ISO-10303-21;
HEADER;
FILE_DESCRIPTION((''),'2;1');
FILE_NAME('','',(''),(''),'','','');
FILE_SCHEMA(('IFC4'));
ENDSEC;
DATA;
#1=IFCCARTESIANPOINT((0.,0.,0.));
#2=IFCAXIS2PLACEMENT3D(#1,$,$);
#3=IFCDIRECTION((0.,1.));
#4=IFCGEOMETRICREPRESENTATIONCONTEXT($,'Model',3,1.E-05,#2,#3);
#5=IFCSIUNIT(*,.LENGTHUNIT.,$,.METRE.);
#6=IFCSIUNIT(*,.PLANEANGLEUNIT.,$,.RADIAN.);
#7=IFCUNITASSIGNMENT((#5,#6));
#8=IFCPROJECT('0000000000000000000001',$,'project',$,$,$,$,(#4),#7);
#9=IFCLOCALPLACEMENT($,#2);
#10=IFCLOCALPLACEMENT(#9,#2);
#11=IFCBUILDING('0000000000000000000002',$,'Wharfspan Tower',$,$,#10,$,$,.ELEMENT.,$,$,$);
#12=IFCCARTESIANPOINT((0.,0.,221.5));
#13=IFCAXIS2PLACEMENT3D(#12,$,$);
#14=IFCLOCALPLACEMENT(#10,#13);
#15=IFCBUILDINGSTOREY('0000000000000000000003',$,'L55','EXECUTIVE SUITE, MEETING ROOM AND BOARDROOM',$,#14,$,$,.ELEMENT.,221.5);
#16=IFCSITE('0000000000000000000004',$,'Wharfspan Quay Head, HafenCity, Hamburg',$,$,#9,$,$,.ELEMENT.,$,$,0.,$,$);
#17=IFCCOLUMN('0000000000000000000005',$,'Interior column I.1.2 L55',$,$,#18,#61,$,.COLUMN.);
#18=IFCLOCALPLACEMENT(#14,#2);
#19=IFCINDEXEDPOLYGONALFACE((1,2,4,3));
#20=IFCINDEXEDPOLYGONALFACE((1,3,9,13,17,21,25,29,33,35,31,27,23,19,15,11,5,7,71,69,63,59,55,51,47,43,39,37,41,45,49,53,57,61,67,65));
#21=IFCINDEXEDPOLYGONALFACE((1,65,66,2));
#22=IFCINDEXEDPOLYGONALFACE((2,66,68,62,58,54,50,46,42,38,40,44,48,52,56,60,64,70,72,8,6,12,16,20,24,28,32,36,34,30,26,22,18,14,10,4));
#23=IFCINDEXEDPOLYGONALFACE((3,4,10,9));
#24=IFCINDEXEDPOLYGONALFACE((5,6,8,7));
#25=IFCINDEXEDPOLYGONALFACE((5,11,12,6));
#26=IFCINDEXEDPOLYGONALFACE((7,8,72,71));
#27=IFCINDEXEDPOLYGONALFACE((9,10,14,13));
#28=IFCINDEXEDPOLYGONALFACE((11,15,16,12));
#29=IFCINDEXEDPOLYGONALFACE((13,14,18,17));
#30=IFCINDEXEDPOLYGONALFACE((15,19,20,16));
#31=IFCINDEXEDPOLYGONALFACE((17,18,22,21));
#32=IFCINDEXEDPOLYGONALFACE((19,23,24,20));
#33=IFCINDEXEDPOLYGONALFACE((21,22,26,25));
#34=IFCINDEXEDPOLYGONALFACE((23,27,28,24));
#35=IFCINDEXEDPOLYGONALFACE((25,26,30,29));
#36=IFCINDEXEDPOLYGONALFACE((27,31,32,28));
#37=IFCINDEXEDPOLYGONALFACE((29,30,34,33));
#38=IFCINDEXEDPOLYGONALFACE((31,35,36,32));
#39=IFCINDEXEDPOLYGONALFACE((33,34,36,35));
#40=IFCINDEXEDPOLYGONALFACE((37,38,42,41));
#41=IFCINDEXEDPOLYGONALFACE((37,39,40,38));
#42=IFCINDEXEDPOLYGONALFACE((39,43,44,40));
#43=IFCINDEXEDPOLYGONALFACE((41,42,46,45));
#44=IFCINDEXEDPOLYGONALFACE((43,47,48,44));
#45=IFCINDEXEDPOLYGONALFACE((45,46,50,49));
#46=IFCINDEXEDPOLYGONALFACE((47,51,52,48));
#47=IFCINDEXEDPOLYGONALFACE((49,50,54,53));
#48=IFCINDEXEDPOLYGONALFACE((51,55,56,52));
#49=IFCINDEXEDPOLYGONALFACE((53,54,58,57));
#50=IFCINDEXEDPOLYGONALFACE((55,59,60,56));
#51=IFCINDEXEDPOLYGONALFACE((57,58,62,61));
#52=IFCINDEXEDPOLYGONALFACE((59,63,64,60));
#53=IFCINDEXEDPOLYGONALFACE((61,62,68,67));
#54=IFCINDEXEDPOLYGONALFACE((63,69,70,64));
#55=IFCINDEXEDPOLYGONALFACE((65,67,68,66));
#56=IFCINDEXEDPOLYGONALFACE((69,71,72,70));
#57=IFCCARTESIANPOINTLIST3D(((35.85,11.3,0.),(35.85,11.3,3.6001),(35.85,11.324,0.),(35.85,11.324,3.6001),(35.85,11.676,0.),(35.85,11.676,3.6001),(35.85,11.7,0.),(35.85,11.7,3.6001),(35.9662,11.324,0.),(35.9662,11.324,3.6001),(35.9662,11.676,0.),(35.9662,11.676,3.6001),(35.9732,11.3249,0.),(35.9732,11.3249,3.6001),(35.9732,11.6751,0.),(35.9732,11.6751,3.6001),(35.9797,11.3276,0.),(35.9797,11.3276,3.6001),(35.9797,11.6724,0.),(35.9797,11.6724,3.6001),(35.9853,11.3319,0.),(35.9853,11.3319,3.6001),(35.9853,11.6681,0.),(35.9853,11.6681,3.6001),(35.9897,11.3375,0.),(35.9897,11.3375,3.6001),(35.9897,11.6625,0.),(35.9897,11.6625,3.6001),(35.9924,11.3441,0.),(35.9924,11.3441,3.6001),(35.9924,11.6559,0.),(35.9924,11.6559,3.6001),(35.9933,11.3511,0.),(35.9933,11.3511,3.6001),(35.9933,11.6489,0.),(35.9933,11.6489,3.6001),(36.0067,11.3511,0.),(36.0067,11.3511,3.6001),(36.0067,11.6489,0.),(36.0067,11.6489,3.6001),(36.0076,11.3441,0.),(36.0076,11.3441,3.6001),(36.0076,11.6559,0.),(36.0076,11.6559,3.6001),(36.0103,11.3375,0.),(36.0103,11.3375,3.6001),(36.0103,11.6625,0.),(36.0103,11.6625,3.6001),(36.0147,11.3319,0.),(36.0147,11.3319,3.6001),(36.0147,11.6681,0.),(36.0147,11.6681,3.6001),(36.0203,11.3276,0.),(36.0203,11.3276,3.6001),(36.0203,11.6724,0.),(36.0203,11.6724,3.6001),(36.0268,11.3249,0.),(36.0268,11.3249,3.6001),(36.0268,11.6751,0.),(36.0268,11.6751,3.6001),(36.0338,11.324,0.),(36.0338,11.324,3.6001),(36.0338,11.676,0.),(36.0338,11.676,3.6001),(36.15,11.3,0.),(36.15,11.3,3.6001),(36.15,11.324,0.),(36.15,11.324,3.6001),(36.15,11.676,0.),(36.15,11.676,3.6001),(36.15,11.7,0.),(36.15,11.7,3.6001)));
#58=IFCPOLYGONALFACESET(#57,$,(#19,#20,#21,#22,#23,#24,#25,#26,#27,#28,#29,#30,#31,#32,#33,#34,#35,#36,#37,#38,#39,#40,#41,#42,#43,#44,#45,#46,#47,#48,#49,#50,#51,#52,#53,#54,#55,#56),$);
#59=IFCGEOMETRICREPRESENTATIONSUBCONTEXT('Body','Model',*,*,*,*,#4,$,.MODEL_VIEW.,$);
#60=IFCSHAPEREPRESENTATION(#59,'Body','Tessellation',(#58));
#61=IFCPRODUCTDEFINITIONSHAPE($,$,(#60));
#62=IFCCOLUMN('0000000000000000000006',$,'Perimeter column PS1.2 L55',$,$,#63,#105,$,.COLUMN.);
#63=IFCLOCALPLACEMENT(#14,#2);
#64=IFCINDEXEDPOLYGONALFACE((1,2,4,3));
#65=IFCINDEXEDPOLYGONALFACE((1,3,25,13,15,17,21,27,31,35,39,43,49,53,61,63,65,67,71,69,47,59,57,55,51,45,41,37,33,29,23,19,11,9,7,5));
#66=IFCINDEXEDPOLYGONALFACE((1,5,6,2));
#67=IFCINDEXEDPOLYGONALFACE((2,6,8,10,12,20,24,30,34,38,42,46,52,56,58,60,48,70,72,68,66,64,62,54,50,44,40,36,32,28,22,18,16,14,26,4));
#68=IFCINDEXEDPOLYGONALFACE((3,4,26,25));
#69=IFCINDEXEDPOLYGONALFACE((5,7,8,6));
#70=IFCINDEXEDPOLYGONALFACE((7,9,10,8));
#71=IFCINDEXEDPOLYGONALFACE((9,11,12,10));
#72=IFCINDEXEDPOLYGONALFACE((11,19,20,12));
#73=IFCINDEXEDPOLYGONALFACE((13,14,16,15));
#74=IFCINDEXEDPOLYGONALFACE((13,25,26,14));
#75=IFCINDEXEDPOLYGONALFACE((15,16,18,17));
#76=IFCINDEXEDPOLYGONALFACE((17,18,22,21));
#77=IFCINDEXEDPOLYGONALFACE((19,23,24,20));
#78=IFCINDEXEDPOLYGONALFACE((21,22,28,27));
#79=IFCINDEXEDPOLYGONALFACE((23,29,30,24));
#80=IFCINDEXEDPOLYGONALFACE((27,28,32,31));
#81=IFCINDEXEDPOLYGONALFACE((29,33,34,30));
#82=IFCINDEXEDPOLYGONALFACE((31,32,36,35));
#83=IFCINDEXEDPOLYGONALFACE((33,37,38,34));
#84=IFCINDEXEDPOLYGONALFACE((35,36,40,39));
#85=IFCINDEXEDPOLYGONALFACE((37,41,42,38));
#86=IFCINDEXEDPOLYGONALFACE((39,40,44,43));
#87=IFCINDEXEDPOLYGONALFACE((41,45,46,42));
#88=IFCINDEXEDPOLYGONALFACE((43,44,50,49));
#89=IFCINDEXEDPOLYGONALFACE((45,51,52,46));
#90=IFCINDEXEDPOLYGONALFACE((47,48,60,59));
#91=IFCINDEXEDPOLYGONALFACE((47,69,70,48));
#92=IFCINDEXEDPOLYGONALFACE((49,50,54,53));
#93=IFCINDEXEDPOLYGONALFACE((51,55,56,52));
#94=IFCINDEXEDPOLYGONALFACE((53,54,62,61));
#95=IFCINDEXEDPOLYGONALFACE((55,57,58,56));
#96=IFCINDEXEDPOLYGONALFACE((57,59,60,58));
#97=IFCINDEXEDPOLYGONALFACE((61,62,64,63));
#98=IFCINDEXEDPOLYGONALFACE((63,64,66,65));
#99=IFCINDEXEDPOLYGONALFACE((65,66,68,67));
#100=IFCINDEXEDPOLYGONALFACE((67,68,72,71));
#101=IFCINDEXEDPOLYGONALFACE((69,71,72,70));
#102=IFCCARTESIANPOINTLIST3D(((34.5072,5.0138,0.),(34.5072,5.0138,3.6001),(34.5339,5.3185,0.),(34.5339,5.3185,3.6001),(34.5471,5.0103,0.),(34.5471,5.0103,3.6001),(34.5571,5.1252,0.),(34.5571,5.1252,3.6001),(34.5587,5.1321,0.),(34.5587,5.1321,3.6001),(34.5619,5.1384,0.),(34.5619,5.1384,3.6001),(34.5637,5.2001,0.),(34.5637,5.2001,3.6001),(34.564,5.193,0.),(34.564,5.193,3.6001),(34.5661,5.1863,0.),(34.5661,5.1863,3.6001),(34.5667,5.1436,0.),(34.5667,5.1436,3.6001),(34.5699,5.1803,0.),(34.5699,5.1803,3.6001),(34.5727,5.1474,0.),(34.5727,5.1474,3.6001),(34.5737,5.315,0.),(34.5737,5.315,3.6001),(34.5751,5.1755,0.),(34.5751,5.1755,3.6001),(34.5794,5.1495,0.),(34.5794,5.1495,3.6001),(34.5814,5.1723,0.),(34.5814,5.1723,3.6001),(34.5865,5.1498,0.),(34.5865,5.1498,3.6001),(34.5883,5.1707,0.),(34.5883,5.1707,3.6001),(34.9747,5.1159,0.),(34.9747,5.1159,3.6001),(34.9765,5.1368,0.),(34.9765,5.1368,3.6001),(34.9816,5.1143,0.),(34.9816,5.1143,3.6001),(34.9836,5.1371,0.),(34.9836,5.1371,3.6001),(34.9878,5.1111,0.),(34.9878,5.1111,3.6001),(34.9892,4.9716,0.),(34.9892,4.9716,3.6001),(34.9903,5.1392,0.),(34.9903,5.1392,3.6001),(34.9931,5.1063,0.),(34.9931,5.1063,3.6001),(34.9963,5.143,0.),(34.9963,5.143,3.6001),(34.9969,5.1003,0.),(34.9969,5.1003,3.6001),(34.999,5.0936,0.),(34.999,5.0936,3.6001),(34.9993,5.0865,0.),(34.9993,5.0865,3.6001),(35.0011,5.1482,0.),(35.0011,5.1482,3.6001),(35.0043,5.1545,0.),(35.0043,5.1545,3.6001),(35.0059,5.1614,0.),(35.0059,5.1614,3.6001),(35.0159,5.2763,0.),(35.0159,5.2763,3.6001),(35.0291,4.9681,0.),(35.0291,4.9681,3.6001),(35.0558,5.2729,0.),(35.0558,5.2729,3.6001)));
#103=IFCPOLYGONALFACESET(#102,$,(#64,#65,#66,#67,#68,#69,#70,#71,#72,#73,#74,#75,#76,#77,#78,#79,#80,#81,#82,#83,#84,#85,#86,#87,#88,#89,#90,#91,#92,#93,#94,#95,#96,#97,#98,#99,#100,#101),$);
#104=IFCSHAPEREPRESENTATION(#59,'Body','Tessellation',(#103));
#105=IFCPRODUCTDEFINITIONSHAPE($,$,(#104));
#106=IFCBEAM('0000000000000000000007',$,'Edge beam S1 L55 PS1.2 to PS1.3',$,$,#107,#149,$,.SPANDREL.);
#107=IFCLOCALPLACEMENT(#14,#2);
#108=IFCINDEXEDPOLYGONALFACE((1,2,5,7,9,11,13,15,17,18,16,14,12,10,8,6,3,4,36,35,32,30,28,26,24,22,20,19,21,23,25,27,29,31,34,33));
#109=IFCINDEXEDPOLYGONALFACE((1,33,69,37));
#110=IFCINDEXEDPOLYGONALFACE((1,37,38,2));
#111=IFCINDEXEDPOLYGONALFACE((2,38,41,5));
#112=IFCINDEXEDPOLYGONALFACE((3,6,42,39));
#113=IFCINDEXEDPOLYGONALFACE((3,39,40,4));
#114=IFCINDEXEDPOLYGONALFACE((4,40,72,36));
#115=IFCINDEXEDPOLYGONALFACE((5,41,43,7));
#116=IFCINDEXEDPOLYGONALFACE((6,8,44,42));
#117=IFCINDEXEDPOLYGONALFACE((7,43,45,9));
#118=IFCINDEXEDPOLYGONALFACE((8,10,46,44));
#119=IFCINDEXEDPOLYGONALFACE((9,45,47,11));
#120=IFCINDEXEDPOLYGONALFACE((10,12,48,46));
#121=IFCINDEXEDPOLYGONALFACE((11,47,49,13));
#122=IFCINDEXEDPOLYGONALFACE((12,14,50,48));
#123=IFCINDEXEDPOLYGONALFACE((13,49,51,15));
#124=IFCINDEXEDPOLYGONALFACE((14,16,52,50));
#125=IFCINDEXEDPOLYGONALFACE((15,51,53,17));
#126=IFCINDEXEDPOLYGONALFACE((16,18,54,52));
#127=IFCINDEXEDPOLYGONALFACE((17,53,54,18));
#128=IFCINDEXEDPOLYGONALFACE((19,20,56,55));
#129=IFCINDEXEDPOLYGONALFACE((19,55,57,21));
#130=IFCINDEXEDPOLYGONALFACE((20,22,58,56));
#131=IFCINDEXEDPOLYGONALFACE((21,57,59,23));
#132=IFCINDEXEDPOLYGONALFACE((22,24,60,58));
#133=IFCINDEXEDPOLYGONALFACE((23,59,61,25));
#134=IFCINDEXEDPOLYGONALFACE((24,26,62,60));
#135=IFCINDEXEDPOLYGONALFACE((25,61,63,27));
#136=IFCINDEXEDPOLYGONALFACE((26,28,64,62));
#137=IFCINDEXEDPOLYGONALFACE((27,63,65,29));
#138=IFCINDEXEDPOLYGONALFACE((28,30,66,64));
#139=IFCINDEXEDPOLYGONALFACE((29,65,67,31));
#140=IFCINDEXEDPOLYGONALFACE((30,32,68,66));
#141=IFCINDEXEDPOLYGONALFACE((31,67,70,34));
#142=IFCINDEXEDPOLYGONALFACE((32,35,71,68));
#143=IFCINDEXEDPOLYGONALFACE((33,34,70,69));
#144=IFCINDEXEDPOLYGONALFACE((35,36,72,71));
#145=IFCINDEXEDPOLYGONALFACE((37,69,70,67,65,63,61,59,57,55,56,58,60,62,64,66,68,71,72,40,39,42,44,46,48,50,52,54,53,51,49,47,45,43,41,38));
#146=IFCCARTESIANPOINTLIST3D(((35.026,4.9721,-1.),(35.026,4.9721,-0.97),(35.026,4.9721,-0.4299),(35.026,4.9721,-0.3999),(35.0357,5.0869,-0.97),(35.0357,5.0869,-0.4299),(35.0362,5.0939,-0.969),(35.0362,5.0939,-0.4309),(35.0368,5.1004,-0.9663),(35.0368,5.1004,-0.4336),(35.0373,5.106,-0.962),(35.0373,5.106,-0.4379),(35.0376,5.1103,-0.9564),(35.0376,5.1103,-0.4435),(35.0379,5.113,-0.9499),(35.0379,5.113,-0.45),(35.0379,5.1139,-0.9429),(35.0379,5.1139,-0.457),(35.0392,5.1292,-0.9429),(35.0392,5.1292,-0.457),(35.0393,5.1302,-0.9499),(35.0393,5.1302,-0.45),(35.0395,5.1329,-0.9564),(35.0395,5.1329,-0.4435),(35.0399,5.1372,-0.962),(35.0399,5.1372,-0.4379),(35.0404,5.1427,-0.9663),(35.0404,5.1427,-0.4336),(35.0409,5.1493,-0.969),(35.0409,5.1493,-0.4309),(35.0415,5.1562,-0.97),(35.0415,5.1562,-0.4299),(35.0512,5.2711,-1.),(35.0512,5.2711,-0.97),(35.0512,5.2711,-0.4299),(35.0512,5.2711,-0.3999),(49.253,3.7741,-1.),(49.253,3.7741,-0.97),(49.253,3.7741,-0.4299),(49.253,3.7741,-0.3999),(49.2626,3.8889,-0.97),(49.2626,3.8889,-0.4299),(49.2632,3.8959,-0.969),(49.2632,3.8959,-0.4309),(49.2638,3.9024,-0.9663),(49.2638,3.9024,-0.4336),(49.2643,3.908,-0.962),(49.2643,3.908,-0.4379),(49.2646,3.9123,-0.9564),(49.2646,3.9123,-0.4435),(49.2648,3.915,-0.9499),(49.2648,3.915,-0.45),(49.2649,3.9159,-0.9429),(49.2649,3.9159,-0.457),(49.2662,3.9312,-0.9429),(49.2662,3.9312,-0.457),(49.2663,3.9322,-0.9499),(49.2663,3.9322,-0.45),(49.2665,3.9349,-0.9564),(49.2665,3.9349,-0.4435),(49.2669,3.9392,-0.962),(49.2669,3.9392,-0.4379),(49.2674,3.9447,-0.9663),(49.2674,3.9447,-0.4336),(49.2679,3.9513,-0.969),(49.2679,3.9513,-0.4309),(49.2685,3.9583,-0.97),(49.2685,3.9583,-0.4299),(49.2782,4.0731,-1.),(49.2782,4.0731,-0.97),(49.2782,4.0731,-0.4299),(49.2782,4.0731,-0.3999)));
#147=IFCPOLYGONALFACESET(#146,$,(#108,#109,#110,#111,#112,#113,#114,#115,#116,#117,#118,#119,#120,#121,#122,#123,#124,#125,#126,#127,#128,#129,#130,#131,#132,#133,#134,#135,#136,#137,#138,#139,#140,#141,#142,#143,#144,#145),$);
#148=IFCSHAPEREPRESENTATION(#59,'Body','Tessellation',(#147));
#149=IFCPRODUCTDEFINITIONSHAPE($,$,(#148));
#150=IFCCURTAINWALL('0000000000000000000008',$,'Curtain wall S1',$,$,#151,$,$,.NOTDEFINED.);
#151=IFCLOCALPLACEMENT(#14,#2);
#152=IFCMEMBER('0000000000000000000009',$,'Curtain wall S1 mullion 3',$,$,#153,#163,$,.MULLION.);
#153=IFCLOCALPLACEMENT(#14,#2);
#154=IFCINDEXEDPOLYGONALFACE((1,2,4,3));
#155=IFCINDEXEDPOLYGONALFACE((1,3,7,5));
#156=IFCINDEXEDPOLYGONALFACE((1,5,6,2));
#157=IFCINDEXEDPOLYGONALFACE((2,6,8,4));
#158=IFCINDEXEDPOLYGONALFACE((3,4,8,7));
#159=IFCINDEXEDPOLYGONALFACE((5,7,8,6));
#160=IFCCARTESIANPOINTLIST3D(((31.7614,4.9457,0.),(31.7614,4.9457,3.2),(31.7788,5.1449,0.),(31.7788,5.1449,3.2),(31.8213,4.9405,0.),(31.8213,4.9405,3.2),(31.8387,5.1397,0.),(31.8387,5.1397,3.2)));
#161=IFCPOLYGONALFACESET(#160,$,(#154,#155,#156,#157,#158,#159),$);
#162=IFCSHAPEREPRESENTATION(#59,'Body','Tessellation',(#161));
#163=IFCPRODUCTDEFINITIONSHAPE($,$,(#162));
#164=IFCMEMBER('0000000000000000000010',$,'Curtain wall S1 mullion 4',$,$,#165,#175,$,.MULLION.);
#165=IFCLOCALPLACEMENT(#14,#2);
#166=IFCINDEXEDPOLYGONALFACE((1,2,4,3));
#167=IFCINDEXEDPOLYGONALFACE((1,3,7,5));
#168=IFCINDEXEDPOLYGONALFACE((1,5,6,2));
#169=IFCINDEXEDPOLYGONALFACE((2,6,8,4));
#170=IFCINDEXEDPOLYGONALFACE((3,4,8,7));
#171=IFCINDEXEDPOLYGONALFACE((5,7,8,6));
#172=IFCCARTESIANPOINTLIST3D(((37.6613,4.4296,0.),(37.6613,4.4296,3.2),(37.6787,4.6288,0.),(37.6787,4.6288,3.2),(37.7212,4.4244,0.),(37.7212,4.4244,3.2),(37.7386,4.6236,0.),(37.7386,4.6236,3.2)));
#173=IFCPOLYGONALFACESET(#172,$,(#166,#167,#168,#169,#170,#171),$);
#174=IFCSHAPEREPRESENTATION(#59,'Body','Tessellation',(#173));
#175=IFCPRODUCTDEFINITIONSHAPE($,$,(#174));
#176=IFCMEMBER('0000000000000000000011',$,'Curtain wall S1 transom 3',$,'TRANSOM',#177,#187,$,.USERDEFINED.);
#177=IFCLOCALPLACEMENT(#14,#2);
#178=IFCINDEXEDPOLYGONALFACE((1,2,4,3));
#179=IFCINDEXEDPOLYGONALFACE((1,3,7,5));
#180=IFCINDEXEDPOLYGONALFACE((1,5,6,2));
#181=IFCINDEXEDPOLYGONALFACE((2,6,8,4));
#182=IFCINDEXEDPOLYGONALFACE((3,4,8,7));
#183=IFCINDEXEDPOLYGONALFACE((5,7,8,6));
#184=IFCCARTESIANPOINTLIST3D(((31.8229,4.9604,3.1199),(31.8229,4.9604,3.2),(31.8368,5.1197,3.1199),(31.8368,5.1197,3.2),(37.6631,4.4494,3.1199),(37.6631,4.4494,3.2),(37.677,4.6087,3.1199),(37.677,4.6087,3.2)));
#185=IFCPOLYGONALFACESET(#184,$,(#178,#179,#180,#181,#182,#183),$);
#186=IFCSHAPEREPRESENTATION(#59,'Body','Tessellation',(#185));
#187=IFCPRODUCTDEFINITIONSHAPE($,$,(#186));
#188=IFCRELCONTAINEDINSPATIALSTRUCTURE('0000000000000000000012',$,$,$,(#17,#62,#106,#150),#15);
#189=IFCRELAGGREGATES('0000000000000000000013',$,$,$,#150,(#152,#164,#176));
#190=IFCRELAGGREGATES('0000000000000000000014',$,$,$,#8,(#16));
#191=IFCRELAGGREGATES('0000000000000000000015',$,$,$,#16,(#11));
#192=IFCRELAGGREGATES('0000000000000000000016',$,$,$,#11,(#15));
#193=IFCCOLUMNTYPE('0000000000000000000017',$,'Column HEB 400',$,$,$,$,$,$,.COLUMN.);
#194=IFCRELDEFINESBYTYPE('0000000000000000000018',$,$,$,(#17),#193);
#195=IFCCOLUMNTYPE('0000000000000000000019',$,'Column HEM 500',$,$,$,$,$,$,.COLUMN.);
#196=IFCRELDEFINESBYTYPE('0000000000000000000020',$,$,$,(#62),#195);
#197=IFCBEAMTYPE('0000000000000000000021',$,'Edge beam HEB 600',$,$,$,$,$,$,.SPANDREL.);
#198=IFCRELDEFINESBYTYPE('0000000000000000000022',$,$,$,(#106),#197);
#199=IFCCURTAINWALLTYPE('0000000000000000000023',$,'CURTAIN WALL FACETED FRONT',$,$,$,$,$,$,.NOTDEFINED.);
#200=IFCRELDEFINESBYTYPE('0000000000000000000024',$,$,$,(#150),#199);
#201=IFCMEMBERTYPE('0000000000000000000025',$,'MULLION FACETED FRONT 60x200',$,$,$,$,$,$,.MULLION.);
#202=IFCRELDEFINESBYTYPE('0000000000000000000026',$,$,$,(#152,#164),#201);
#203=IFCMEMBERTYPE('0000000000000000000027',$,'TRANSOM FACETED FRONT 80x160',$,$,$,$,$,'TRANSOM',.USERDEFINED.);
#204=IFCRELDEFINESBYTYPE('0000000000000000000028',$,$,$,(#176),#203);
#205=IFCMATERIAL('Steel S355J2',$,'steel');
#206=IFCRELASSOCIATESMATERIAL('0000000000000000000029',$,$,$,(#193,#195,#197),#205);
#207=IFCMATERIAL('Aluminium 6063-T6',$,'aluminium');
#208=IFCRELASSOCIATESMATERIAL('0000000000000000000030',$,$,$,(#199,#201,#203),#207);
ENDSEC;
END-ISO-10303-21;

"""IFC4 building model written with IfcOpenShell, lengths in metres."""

from ifc_helpers import new_model, si_unit, direction, frame, origin, origin_2d, place, context, subcontext, project, spatial, rectangle, i_section, extrude, material, material_profile, profile_set, type_object, element, aggregate, save


model = new_model("IFC4")

# Units and contexts
model_context = context("Model", 3, precision=1e-05, world=origin(), true_north=direction((0.0, 1.0)))
body_context = subcontext(model_context, "Body", "Model", "MODEL_VIEW")
ifc_project = project(units=[si_unit("LENGTHUNIT", "METRE"), si_unit("PLANEANGLEUNIT", "RADIAN")], contexts=[model_context])

# Site, building, storey
site_placement = place(None, origin())
site = spatial("IfcSite", under=ifc_project, at=site_placement, Name="Wharfspan Quay Head, HafenCity, Hamburg", CompositionType="ELEMENT", RefElevation=0.0)
building_placement = place(site_placement, origin())
building = spatial("IfcBuilding", under=site, at=building_placement, Name="Wharfspan Tower", CompositionType="ELEMENT")
storey_placement = place(building_placement, frame((0.0, 0.0, 221.5)))
storey = spatial("IfcBuildingStorey", under=building, at=storey_placement, Name="L55", Description="EXECUTIVE SUITE, MEETING ROOM AND BOARDROOM", CompositionType="ELEMENT", Elevation=221.5)

# Columns
ifc_material_1 = material(Name="Steel S355J2", Category="steel")
ifc_material_profile_1 = material_profile(ifc_material_1, i_section(OverallWidth=0.3, OverallDepth=0.3999, WebThickness=0.0134, FlangeThickness=0.0239, FilletRadius=0.0271, at=origin_2d()))
ifc_profile_set_1 = profile_set([ifc_material_profile_1], Name="Steel S355J2")
column_type_1 = type_object("IfcColumnType", Name="Column HEB 400", PredefinedType="COLUMN", material=ifc_profile_set_1)
column_1_placement = place(storey_placement, frame((36.0, 11.5, 0.0), z_axis=(0.0, 0.0, 1.0), x_axis=(1.0, 0.0, 0.0)))
element("IfcColumn", 1, at=column_1_placement, inside=storey, type_object=column_type_1, Name="Interior column I.1.2 L55", PredefinedType="COLUMN", context=body_context, shape_type="SweptSolid", body=[
    extrude(i_section(OverallWidth=0.3, OverallDepth=0.3999, WebThickness=0.0134, FlangeThickness=0.0239, FilletRadius=0.0271, at=origin_2d()), origin(), (0.0, 0.0, 1.0), 3.6001),
])
ifc_material_profile_2 = material_profile(ifc_material_1, i_section(OverallWidth=0.3059, OverallDepth=0.5239, WebThickness=0.021, FlangeThickness=0.04, FilletRadius=0.0271, at=origin_2d()))
ifc_profile_set_2 = profile_set([ifc_material_profile_2], Name="Steel S355J2")
column_type_2 = type_object("IfcColumnType", Name="Column HEM 500", PredefinedType="COLUMN", material=ifc_profile_set_2)
column_2_placement = place(storey_placement, frame((34.7815, 5.1433, 0.0), z_axis=(0.0, 0.0, 1.0), x_axis=(-0.087156, -0.996197, 0.0)))
element("IfcColumn", 2, at=column_2_placement, inside=storey, type_object=column_type_2, Name="Perimeter column PS1.2 L55", PredefinedType="COLUMN", context=body_context, shape_type="SweptSolid", body=[
    extrude(i_section(OverallWidth=0.3059, OverallDepth=0.5239, WebThickness=0.021, FlangeThickness=0.04, FilletRadius=0.0271, at=origin_2d()), origin(), (0.0, 0.0, 1.0), 3.6001),
])

# Beam
ifc_material_profile_3 = material_profile(ifc_material_1, i_section(OverallWidth=0.3, OverallDepth=0.6001, WebThickness=0.0154, FlangeThickness=0.03, FilletRadius=0.0271, at=origin_2d()))
ifc_profile_set_3 = profile_set([ifc_material_profile_3], Name="Steel S355J2")
beam_type = type_object("IfcBeamType", Name="Edge beam HEB 600", PredefinedType="SPANDREL", material=ifc_profile_set_3)
beam_placement = place(storey_placement, frame((35.0386, 5.1216, -0.7), z_axis=(0.996473, -0.083909, 0.0), x_axis=(0.083909, 0.996473, 0.0)))
element("IfcBeam", 3, at=beam_placement, inside=storey, type_object=beam_type, Name="Edge beam S1 L55 PS1.2 to PS1.3", PredefinedType="SPANDREL", context=body_context, shape_type="SweptSolid", body=[
    extrude(i_section(OverallWidth=0.3, OverallDepth=0.6001, WebThickness=0.0154, FlangeThickness=0.03, FilletRadius=0.0271, at=origin_2d()), origin(), (0.0, 0.0, 1.0), 14.2773),
])

# Curtain wall, members
ifc_material_2 = material(Name="Aluminium 6063-T6", Category="aluminium")
curtain_wall_type = type_object("IfcCurtainWallType", Name="CURTAIN WALL FACETED FRONT", PredefinedType="NOTDEFINED", material=ifc_material_2)
curtain_wall_placement = place(storey_placement, origin())
curtain_wall = element("IfcCurtainWall", 4, at=curtain_wall_placement, inside=storey, type_object=curtain_wall_type, Name="Curtain wall S1", PredefinedType="NOTDEFINED")
ifc_material_profile_4 = material_profile(ifc_material_2, rectangle(XDim=0.2, YDim=0.0601, at=origin_2d()))
ifc_profile_set_4 = profile_set([ifc_material_profile_4], Name="Aluminium 6063-T6")
member_type_1 = type_object("IfcMemberType", Name="MULLION FACETED FRONT 60x200", PredefinedType="MULLION", material=ifc_profile_set_4)
member_1_placement = place(storey_placement, frame((31.8, 5.0427, 0.0), z_axis=(0.0, 0.0, 1.0), x_axis=(0.087156, 0.996197, 0.0)))
member_1 = element("IfcMember", 5, at=member_1_placement, type_object=member_type_1, Name="Curtain wall S1 mullion 3", PredefinedType="MULLION", context=body_context, shape_type="SweptSolid", body=[
    extrude(rectangle(XDim=0.2, YDim=0.0601, at=origin_2d()), origin(), (0.0, 0.0, 1.0), 3.2),
])
member_2_placement = place(storey_placement, frame((37.7, 4.5266, 0.0), z_axis=(0.0, 0.0, 1.0), x_axis=(0.087156, 0.996197, 0.0)))
member_2 = element("IfcMember", 6, at=member_2_placement, type_object=member_type_1, Name="Curtain wall S1 mullion 4", PredefinedType="MULLION", context=body_context, shape_type="SweptSolid", body=[
    extrude(rectangle(XDim=0.2, YDim=0.0601, at=origin_2d()), origin(), (0.0, 0.0, 1.0), 3.2),
])
ifc_material_profile_5 = material_profile(ifc_material_2, rectangle(XDim=0.1599, YDim=0.0801, at=origin_2d()))
ifc_profile_set_5 = profile_set([ifc_material_profile_5], Name="Aluminium 6063-T6")
member_type_2 = type_object("IfcMemberType", Name="TRANSOM FACETED FRONT 80x160", ElementType="TRANSOM", PredefinedType="USERDEFINED", material=ifc_profile_set_5)
member_3_placement = place(storey_placement, frame((31.8298, 5.04, 3.1599), z_axis=(0.996194, -0.08716, 0.0), x_axis=(0.08716, 0.996194, 0.0)))
member_3 = element("IfcMember", 7, at=member_3_placement, type_object=member_type_2, Name="Curtain wall S1 transom 3", ObjectType="TRANSOM", PredefinedType="USERDEFINED", context=body_context, shape_type="SweptSolid", body=[
    extrude(rectangle(XDim=0.1599, YDim=0.0801, at=origin_2d()), origin(), (0.0, 0.0, 1.0), 5.8625),
])
aggregate(curtain_wall, [member_1, member_2, member_3])

save(model, "model.ifc")
